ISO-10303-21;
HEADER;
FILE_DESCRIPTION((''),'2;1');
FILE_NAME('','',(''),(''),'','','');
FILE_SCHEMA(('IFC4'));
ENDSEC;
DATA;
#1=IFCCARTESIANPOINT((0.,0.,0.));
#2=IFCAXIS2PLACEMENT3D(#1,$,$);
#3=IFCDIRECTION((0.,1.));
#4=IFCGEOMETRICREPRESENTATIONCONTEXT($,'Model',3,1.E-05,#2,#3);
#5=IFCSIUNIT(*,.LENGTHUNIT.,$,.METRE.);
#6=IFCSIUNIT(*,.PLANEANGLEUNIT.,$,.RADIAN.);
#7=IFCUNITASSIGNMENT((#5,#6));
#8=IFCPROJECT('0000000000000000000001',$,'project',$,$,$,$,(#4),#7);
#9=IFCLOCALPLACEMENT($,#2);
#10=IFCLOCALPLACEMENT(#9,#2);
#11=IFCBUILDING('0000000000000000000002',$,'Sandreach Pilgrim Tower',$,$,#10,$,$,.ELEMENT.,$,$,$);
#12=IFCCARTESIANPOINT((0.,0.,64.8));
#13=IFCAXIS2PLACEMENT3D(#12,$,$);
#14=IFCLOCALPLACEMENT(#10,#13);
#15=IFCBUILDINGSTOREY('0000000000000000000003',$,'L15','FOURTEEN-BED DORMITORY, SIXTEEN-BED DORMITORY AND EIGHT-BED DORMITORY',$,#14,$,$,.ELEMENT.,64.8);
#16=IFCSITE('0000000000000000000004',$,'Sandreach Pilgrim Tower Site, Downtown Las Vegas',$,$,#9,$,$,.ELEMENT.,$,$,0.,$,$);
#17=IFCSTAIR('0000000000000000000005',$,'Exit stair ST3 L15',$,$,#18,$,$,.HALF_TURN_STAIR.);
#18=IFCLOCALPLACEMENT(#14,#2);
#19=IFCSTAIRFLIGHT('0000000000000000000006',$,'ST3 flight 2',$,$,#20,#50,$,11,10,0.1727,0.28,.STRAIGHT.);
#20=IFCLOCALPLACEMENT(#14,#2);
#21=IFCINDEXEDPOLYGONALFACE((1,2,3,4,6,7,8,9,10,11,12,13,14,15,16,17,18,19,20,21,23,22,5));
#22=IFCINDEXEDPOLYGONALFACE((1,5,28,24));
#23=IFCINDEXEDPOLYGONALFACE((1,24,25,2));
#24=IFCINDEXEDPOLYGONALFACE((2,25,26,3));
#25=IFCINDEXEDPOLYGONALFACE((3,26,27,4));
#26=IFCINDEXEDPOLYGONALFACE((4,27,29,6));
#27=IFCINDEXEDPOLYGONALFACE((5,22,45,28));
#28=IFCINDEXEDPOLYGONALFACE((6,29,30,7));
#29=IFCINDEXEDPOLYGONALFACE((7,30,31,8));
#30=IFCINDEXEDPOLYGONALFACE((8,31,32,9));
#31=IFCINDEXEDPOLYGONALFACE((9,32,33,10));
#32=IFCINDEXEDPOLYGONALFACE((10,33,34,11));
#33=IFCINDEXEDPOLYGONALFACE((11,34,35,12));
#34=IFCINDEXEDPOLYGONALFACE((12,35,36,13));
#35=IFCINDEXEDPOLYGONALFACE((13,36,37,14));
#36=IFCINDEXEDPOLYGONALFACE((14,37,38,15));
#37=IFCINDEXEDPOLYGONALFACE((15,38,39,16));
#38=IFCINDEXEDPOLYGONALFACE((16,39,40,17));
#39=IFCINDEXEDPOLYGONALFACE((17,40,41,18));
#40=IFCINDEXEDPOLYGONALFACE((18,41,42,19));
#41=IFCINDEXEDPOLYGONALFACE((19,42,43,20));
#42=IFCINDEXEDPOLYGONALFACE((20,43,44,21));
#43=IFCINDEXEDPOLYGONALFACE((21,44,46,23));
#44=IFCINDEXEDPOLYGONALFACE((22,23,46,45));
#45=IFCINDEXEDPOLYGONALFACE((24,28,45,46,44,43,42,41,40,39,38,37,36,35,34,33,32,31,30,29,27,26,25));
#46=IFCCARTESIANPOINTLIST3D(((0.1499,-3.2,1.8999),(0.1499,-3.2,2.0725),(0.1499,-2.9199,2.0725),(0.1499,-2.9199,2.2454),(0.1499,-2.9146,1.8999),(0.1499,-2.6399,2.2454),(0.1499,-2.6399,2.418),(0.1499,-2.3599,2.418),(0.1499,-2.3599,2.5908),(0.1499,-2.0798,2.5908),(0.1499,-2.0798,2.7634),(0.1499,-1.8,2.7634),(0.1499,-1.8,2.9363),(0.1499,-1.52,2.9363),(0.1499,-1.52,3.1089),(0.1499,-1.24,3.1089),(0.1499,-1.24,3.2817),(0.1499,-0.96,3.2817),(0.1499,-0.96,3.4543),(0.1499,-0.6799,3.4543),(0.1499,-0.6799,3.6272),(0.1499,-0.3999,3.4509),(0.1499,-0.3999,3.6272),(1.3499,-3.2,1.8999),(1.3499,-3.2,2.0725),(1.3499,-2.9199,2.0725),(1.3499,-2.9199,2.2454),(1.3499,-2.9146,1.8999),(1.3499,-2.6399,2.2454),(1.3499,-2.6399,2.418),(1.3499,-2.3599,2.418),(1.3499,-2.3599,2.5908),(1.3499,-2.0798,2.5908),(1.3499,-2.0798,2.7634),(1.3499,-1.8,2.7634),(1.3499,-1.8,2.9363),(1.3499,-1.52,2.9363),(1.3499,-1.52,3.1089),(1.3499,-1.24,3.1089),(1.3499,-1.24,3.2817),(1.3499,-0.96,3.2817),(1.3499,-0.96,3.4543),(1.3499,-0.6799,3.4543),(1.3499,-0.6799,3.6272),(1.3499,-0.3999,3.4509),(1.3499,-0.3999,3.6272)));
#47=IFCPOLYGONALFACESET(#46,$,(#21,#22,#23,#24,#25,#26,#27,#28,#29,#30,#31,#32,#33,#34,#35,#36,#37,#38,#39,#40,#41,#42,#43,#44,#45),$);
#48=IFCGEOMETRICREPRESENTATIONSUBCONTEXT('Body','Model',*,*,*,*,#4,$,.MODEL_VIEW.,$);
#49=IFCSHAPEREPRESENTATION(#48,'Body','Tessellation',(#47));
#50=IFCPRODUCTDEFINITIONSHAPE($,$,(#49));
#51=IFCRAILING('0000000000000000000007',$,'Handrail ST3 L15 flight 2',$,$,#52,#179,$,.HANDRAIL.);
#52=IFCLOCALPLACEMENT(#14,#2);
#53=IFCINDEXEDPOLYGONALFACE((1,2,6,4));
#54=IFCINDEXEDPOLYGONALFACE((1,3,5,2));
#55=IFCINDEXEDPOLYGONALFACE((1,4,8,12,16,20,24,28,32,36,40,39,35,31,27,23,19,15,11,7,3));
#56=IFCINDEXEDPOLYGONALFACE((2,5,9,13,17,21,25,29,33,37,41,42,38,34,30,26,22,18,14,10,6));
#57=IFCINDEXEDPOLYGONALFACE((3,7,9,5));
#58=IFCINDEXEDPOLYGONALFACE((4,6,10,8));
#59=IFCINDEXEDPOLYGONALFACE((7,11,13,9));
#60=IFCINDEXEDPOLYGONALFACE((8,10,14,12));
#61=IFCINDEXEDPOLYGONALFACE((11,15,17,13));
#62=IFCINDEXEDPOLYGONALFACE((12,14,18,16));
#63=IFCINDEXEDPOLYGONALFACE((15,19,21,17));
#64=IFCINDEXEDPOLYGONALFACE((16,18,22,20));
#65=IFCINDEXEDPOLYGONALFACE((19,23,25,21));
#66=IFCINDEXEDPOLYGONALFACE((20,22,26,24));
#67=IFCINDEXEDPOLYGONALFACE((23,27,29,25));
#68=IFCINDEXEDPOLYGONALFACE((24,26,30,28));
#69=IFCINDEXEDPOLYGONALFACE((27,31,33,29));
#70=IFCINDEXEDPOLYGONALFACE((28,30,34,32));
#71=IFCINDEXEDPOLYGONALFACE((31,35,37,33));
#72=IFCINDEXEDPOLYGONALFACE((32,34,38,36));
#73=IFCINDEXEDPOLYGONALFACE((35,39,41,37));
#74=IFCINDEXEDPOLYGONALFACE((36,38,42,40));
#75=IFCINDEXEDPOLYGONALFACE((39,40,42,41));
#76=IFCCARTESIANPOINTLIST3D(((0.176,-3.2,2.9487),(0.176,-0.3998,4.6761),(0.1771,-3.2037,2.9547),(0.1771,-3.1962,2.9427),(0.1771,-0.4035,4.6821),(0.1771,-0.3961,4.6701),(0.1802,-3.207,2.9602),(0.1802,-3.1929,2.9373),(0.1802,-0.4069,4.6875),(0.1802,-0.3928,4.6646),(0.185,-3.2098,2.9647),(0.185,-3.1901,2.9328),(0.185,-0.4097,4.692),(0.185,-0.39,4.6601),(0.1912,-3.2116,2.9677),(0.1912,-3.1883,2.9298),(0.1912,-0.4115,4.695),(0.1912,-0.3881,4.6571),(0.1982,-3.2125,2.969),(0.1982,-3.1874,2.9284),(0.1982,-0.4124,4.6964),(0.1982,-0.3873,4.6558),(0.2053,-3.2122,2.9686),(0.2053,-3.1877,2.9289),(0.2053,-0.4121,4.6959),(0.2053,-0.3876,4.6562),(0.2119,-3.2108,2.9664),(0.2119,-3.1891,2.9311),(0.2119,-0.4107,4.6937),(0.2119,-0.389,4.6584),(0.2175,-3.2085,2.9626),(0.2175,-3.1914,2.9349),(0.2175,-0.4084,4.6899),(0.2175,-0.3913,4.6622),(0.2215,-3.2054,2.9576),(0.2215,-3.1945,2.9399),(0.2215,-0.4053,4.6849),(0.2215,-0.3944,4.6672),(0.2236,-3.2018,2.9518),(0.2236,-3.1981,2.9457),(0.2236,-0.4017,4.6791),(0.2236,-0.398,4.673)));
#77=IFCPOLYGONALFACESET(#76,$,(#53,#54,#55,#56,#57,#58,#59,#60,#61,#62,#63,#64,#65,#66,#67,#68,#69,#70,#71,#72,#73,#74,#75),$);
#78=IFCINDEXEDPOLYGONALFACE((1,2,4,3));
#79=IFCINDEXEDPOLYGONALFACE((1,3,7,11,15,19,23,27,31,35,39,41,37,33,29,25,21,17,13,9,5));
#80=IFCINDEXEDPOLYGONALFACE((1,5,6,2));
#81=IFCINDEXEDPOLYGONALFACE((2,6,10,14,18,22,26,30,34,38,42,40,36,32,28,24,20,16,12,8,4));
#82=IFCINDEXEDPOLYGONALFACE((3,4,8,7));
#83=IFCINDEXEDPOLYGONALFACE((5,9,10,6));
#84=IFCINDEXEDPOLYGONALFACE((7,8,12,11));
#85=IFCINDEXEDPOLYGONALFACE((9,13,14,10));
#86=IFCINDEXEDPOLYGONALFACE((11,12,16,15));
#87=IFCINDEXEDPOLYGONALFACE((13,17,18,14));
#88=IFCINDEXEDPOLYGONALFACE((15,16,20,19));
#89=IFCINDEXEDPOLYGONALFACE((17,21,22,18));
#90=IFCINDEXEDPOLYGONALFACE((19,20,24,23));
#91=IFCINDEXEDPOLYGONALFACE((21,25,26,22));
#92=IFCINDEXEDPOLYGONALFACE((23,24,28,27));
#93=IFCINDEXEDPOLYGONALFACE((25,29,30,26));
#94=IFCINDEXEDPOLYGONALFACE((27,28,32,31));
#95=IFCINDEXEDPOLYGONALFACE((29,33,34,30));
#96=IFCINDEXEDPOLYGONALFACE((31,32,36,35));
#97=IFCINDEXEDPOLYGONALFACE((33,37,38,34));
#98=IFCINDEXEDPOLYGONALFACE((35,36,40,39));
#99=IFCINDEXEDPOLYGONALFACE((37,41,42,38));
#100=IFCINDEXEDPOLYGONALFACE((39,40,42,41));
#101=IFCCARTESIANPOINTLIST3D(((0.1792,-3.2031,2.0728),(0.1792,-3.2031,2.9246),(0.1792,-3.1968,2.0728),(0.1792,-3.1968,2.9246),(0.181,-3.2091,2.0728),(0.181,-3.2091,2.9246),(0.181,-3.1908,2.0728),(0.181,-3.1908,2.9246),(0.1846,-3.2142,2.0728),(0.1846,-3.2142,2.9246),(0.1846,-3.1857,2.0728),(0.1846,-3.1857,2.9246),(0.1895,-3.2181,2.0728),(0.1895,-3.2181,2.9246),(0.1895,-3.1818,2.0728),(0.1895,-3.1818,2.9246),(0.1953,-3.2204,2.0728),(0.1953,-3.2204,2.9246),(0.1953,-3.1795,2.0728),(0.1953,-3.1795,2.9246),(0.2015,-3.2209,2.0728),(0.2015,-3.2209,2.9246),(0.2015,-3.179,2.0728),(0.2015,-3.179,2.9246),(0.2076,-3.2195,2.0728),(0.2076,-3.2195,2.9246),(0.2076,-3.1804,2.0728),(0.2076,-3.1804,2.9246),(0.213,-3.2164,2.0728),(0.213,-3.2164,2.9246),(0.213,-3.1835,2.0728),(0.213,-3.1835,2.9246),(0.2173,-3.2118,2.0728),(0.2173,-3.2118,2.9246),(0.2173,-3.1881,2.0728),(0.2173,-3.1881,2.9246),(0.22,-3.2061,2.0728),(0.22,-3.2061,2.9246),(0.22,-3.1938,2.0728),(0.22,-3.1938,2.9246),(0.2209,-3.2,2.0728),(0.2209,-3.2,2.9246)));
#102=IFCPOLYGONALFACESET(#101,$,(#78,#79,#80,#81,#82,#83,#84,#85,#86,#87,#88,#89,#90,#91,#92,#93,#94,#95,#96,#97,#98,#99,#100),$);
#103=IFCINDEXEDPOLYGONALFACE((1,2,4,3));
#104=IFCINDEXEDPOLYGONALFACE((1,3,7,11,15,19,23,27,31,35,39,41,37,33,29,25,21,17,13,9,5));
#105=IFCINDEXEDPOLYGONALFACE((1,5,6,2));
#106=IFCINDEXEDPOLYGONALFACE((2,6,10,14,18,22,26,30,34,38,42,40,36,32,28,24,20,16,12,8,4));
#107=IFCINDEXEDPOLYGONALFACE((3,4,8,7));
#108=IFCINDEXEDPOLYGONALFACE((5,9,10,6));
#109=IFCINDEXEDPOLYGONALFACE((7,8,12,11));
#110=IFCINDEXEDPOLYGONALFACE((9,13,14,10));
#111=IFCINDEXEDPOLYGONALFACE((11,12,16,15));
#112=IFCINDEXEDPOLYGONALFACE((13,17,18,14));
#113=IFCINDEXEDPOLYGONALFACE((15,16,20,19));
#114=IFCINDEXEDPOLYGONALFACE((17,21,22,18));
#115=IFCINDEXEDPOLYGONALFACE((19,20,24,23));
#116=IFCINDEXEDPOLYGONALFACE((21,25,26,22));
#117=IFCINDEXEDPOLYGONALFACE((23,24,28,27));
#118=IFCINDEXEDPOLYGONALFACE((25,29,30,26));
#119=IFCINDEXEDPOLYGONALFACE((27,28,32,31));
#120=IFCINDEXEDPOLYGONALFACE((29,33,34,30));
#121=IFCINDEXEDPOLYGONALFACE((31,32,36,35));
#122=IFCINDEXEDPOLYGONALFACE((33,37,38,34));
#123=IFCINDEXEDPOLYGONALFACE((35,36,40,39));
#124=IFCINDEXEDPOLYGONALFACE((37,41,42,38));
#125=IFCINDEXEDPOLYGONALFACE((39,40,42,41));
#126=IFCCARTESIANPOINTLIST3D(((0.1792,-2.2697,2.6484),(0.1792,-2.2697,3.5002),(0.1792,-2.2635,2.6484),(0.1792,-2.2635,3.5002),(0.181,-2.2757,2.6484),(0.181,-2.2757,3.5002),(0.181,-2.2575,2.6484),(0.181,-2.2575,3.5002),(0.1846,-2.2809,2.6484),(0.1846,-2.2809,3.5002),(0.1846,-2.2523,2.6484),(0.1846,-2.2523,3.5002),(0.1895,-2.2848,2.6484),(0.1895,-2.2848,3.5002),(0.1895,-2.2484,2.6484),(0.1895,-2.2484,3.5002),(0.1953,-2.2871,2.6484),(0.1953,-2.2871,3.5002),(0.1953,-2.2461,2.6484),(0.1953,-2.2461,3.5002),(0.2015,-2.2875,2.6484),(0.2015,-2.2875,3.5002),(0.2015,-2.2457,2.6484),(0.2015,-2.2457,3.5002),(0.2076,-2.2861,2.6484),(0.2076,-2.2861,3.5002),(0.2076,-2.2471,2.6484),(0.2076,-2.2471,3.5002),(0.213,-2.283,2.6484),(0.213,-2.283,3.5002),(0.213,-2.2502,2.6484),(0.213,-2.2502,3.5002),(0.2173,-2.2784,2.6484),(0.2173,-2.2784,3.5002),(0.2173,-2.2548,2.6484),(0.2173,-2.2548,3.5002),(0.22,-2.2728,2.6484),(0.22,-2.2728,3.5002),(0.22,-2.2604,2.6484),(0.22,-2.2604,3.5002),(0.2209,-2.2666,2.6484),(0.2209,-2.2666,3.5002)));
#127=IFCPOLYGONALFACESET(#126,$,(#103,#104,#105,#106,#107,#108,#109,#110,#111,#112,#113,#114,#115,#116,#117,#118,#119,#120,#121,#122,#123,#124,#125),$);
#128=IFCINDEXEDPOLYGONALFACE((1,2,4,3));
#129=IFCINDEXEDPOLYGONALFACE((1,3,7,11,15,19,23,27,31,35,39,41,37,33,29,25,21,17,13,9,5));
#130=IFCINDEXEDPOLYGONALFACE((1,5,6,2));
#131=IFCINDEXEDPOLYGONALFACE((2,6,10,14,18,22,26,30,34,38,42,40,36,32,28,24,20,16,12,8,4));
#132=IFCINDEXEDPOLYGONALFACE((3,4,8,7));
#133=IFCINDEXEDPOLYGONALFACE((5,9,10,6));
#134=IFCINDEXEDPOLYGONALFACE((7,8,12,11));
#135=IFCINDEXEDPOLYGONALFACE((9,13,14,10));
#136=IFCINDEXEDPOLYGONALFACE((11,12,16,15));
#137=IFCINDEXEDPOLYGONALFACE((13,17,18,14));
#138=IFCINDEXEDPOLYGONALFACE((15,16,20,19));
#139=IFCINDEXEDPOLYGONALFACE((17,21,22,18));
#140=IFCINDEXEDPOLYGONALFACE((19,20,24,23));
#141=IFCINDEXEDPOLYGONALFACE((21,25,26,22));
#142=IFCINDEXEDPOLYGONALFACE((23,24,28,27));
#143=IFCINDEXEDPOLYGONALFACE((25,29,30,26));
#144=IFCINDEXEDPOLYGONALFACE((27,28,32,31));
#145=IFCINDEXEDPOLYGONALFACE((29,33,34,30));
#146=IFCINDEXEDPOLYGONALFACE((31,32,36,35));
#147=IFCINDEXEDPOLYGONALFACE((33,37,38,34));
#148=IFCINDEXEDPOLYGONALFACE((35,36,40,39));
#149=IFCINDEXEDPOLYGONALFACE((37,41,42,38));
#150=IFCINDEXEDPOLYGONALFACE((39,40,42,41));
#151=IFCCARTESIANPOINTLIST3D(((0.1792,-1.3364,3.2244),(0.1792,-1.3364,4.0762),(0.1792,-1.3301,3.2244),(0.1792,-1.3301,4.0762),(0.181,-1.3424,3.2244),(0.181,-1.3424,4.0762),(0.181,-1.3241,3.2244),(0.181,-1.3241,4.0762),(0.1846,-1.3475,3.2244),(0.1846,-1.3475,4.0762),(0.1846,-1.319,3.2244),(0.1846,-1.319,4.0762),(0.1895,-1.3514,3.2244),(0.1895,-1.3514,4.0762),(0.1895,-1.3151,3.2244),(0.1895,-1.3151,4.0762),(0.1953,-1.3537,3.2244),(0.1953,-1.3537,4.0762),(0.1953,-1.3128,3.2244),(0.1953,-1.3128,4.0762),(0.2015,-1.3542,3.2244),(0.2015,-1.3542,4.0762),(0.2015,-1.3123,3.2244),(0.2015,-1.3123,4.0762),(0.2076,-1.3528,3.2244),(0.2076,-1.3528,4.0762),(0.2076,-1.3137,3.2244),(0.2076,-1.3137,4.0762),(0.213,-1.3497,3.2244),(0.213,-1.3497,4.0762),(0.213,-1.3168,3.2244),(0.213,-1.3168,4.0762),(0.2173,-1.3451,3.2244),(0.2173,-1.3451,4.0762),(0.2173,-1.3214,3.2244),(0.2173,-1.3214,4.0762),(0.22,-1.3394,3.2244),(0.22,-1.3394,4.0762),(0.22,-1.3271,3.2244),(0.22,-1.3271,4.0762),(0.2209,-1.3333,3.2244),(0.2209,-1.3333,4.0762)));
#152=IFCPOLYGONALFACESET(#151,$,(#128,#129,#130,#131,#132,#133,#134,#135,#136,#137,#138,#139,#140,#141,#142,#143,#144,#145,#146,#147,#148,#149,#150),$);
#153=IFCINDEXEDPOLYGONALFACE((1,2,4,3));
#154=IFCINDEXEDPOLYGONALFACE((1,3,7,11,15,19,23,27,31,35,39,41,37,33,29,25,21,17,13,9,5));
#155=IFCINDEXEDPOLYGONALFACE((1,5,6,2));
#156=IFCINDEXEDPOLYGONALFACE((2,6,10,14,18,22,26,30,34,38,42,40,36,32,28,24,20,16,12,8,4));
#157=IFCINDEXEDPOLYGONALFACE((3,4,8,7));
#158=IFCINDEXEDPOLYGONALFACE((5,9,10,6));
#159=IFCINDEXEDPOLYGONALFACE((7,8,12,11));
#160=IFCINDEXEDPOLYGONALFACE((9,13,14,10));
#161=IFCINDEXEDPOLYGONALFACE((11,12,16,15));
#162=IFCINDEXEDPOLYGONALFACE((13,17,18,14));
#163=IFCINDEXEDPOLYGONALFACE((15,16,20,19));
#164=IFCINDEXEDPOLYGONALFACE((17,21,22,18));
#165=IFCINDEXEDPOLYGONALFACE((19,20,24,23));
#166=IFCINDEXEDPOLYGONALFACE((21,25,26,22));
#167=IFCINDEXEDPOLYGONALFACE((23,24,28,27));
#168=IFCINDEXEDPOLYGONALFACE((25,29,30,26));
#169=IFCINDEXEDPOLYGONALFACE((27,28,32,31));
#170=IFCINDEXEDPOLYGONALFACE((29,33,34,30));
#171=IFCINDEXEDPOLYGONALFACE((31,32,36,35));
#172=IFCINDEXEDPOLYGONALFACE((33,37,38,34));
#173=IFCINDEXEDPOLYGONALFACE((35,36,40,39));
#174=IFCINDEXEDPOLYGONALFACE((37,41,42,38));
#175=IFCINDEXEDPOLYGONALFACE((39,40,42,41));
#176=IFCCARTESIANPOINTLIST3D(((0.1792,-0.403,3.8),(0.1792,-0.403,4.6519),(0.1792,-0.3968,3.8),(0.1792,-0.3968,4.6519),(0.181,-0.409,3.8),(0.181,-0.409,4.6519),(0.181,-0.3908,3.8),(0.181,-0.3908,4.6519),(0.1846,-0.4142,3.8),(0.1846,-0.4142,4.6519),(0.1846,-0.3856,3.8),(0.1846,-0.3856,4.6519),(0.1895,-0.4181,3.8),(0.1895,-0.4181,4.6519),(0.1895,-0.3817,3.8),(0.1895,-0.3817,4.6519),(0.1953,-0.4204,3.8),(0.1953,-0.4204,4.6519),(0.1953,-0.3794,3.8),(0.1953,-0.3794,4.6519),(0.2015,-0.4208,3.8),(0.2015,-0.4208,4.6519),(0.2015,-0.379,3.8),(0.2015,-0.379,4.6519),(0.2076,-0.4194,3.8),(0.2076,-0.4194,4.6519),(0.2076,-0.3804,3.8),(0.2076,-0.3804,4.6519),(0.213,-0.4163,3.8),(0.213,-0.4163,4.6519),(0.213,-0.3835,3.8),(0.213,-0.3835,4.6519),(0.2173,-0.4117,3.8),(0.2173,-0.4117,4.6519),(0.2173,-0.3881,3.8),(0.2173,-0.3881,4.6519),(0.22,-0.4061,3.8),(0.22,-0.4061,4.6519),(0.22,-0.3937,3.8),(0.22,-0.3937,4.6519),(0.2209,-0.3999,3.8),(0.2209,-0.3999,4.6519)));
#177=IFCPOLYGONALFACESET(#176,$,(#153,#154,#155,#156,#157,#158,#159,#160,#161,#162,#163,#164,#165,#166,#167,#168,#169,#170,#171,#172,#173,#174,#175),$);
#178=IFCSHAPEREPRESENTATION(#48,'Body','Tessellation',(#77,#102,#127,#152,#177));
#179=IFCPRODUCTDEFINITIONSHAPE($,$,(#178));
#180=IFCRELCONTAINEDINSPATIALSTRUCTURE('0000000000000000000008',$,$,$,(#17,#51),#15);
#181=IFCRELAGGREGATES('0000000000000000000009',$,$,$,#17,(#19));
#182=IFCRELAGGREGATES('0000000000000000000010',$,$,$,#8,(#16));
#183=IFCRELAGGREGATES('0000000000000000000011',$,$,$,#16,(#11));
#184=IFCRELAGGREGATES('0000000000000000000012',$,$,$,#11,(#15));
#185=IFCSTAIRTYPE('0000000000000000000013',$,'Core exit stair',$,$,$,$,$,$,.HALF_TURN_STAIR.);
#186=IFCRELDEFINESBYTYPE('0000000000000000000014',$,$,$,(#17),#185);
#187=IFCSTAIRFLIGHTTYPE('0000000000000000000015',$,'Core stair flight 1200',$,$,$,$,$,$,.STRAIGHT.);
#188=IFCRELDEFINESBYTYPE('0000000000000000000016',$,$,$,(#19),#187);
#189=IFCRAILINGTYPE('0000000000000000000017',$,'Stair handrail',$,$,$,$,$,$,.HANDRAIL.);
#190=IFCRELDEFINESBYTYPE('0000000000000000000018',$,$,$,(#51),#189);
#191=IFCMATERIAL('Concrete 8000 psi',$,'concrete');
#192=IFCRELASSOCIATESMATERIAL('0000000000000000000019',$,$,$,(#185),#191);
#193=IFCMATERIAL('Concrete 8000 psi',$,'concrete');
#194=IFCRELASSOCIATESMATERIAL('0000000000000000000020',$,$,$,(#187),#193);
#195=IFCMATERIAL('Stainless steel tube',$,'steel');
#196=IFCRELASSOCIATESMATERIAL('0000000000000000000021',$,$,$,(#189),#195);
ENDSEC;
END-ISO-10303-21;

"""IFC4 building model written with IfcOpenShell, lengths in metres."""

from ifc_helpers import new_model, si_unit, direction, frame, origin, origin_2d, place, context, subcontext, project, spatial, polyline, circle, outline, extrude, material, type_object, element, aggregate, save


model = new_model("IFC4")

# Units and contexts
model_context = context("Model", 3, precision=1e-05, world=origin(), true_north=direction((0.0, 1.0)))
body_context = subcontext(model_context, "Body", "Model", "MODEL_VIEW")
ifc_project = project(units=[si_unit("LENGTHUNIT", "METRE"), si_unit("PLANEANGLEUNIT", "RADIAN")], contexts=[model_context])

# Site, building, storey
site_placement = place(None, origin())
site = spatial("IfcSite", under=ifc_project, at=site_placement, Name="Sandreach Pilgrim Tower Site, Downtown Las Vegas", CompositionType="ELEMENT", RefElevation=0.0)
building_placement = place(site_placement, origin())
building = spatial("IfcBuilding", under=site, at=building_placement, Name="Sandreach Pilgrim Tower", CompositionType="ELEMENT")
storey_placement = place(building_placement, frame((0.0, 0.0, 64.8)))
storey = spatial("IfcBuildingStorey", under=building, at=storey_placement, Name="L15", Description="FOURTEEN-BED DORMITORY, SIXTEEN-BED DORMITORY AND EIGHT-BED DORMITORY", CompositionType="ELEMENT", Elevation=64.8)

# Stair, stair flight
ifc_material_1 = material(Name="Concrete 8000 psi", Category="concrete")
stair_type = type_object("IfcStairType", Name="Core exit stair", PredefinedType="HALF_TURN_STAIR", material=ifc_material_1)
stair_placement = place(storey_placement, origin())
stair = element("IfcStair", 1, at=stair_placement, inside=storey, type_object=stair_type, Name="Exit stair ST3 L15", PredefinedType="HALF_TURN_STAIR")
ifc_material_2 = material(Name="Concrete 8000 psi", Category="concrete")
stair_flight_type = type_object("IfcStairFlightType", Name="Core stair flight 1200", PredefinedType="STRAIGHT", material=ifc_material_2)
stair_flight_placement = place(storey_placement, frame((0.75, -3.2, 1.8999), z_axis=(0.0, 0.0, 1.0), x_axis=(0.0, 1.0, 0.0)))
stair_flight = element("IfcStairFlight", 2, at=stair_flight_placement, type_object=stair_flight_type, Name="ST3 flight 2", NumberOfRisers=11, NumberOfTreads=10, PredefinedType="STRAIGHT", RiserHeight=0.1727, TreadLength=0.28, context=body_context, shape_type="SweptSolid", body=[
    extrude(outline(polyline([(0.0, 0.0), (0.0, 0.1726), (0.28, 0.1726), (0.28, 0.3455), (0.5601, 0.3455), (0.5601, 0.5181), (0.8401, 0.5181), (0.8401, 0.6909), (1.1201, 0.6909), (1.1201, 0.8635), (1.3999, 0.8635), (1.3999, 1.0364), (1.6799, 1.0364), (1.6799, 1.209), (1.96, 1.209), (1.96, 1.3818), (2.24, 1.3818), (2.24, 1.5544), (2.52, 1.5544), (2.52, 1.7273), (2.8, 1.7273), (2.8, 1.8999), (2.8, 1.551), (0.2854, 0.0), (0.0, 0.0)])), frame((0.0, 0.6001, 0.0), z_axis=(0.0, -1.0, 0.0), x_axis=(1.0, 0.0, 0.0)), (0.0, 0.0, 1.0), 1.2),
])
aggregate(stair, [stair_flight])

# Railing
ifc_material_3 = material(Name="Stainless steel tube", Category="steel")
railing_type = type_object("IfcRailingType", Name="Stair handrail", PredefinedType="HANDRAIL", material=ifc_material_3)
for number, where, name in (
    (3, (0.2, -3.2, 2.0728), "Handrail ST3 L15 flight 2"),
):
    element("IfcRailing", number, at=place(storey_placement, frame(where)), inside=storey, type_object=railing_type, Name=name, PredefinedType="HANDRAIL", context=body_context, shape_type="SweptSolid", body=[
        extrude(circle(Radius=0.0239, at=origin_2d()), frame((0.0, 0.0, 0.876), z_axis=(0.0, 0.85109, 0.52502), x_axis=(-1.0, 0.0, 0.0)), (0.0, 0.0, 1.0), 3.29),
        extrude(circle(Radius=0.021, at=origin_2d()), origin(), (0.0, 0.0, 1.0), 0.8518),
        extrude(circle(Radius=0.021, at=origin_2d()), frame((0.0, 0.9333, 0.5757)), (0.0, 0.0, 1.0), 0.8518),
        extrude(circle(Radius=0.021, at=origin_2d()), frame((0.0, 1.8667, 1.1516)), (0.0, 0.0, 1.0), 0.8518),
        extrude(circle(Radius=0.021, at=origin_2d()), frame((0.0, 2.8, 1.7273)), (0.0, 0.0, 1.0), 0.8518),
    ])

save(model, "model.ifc")
